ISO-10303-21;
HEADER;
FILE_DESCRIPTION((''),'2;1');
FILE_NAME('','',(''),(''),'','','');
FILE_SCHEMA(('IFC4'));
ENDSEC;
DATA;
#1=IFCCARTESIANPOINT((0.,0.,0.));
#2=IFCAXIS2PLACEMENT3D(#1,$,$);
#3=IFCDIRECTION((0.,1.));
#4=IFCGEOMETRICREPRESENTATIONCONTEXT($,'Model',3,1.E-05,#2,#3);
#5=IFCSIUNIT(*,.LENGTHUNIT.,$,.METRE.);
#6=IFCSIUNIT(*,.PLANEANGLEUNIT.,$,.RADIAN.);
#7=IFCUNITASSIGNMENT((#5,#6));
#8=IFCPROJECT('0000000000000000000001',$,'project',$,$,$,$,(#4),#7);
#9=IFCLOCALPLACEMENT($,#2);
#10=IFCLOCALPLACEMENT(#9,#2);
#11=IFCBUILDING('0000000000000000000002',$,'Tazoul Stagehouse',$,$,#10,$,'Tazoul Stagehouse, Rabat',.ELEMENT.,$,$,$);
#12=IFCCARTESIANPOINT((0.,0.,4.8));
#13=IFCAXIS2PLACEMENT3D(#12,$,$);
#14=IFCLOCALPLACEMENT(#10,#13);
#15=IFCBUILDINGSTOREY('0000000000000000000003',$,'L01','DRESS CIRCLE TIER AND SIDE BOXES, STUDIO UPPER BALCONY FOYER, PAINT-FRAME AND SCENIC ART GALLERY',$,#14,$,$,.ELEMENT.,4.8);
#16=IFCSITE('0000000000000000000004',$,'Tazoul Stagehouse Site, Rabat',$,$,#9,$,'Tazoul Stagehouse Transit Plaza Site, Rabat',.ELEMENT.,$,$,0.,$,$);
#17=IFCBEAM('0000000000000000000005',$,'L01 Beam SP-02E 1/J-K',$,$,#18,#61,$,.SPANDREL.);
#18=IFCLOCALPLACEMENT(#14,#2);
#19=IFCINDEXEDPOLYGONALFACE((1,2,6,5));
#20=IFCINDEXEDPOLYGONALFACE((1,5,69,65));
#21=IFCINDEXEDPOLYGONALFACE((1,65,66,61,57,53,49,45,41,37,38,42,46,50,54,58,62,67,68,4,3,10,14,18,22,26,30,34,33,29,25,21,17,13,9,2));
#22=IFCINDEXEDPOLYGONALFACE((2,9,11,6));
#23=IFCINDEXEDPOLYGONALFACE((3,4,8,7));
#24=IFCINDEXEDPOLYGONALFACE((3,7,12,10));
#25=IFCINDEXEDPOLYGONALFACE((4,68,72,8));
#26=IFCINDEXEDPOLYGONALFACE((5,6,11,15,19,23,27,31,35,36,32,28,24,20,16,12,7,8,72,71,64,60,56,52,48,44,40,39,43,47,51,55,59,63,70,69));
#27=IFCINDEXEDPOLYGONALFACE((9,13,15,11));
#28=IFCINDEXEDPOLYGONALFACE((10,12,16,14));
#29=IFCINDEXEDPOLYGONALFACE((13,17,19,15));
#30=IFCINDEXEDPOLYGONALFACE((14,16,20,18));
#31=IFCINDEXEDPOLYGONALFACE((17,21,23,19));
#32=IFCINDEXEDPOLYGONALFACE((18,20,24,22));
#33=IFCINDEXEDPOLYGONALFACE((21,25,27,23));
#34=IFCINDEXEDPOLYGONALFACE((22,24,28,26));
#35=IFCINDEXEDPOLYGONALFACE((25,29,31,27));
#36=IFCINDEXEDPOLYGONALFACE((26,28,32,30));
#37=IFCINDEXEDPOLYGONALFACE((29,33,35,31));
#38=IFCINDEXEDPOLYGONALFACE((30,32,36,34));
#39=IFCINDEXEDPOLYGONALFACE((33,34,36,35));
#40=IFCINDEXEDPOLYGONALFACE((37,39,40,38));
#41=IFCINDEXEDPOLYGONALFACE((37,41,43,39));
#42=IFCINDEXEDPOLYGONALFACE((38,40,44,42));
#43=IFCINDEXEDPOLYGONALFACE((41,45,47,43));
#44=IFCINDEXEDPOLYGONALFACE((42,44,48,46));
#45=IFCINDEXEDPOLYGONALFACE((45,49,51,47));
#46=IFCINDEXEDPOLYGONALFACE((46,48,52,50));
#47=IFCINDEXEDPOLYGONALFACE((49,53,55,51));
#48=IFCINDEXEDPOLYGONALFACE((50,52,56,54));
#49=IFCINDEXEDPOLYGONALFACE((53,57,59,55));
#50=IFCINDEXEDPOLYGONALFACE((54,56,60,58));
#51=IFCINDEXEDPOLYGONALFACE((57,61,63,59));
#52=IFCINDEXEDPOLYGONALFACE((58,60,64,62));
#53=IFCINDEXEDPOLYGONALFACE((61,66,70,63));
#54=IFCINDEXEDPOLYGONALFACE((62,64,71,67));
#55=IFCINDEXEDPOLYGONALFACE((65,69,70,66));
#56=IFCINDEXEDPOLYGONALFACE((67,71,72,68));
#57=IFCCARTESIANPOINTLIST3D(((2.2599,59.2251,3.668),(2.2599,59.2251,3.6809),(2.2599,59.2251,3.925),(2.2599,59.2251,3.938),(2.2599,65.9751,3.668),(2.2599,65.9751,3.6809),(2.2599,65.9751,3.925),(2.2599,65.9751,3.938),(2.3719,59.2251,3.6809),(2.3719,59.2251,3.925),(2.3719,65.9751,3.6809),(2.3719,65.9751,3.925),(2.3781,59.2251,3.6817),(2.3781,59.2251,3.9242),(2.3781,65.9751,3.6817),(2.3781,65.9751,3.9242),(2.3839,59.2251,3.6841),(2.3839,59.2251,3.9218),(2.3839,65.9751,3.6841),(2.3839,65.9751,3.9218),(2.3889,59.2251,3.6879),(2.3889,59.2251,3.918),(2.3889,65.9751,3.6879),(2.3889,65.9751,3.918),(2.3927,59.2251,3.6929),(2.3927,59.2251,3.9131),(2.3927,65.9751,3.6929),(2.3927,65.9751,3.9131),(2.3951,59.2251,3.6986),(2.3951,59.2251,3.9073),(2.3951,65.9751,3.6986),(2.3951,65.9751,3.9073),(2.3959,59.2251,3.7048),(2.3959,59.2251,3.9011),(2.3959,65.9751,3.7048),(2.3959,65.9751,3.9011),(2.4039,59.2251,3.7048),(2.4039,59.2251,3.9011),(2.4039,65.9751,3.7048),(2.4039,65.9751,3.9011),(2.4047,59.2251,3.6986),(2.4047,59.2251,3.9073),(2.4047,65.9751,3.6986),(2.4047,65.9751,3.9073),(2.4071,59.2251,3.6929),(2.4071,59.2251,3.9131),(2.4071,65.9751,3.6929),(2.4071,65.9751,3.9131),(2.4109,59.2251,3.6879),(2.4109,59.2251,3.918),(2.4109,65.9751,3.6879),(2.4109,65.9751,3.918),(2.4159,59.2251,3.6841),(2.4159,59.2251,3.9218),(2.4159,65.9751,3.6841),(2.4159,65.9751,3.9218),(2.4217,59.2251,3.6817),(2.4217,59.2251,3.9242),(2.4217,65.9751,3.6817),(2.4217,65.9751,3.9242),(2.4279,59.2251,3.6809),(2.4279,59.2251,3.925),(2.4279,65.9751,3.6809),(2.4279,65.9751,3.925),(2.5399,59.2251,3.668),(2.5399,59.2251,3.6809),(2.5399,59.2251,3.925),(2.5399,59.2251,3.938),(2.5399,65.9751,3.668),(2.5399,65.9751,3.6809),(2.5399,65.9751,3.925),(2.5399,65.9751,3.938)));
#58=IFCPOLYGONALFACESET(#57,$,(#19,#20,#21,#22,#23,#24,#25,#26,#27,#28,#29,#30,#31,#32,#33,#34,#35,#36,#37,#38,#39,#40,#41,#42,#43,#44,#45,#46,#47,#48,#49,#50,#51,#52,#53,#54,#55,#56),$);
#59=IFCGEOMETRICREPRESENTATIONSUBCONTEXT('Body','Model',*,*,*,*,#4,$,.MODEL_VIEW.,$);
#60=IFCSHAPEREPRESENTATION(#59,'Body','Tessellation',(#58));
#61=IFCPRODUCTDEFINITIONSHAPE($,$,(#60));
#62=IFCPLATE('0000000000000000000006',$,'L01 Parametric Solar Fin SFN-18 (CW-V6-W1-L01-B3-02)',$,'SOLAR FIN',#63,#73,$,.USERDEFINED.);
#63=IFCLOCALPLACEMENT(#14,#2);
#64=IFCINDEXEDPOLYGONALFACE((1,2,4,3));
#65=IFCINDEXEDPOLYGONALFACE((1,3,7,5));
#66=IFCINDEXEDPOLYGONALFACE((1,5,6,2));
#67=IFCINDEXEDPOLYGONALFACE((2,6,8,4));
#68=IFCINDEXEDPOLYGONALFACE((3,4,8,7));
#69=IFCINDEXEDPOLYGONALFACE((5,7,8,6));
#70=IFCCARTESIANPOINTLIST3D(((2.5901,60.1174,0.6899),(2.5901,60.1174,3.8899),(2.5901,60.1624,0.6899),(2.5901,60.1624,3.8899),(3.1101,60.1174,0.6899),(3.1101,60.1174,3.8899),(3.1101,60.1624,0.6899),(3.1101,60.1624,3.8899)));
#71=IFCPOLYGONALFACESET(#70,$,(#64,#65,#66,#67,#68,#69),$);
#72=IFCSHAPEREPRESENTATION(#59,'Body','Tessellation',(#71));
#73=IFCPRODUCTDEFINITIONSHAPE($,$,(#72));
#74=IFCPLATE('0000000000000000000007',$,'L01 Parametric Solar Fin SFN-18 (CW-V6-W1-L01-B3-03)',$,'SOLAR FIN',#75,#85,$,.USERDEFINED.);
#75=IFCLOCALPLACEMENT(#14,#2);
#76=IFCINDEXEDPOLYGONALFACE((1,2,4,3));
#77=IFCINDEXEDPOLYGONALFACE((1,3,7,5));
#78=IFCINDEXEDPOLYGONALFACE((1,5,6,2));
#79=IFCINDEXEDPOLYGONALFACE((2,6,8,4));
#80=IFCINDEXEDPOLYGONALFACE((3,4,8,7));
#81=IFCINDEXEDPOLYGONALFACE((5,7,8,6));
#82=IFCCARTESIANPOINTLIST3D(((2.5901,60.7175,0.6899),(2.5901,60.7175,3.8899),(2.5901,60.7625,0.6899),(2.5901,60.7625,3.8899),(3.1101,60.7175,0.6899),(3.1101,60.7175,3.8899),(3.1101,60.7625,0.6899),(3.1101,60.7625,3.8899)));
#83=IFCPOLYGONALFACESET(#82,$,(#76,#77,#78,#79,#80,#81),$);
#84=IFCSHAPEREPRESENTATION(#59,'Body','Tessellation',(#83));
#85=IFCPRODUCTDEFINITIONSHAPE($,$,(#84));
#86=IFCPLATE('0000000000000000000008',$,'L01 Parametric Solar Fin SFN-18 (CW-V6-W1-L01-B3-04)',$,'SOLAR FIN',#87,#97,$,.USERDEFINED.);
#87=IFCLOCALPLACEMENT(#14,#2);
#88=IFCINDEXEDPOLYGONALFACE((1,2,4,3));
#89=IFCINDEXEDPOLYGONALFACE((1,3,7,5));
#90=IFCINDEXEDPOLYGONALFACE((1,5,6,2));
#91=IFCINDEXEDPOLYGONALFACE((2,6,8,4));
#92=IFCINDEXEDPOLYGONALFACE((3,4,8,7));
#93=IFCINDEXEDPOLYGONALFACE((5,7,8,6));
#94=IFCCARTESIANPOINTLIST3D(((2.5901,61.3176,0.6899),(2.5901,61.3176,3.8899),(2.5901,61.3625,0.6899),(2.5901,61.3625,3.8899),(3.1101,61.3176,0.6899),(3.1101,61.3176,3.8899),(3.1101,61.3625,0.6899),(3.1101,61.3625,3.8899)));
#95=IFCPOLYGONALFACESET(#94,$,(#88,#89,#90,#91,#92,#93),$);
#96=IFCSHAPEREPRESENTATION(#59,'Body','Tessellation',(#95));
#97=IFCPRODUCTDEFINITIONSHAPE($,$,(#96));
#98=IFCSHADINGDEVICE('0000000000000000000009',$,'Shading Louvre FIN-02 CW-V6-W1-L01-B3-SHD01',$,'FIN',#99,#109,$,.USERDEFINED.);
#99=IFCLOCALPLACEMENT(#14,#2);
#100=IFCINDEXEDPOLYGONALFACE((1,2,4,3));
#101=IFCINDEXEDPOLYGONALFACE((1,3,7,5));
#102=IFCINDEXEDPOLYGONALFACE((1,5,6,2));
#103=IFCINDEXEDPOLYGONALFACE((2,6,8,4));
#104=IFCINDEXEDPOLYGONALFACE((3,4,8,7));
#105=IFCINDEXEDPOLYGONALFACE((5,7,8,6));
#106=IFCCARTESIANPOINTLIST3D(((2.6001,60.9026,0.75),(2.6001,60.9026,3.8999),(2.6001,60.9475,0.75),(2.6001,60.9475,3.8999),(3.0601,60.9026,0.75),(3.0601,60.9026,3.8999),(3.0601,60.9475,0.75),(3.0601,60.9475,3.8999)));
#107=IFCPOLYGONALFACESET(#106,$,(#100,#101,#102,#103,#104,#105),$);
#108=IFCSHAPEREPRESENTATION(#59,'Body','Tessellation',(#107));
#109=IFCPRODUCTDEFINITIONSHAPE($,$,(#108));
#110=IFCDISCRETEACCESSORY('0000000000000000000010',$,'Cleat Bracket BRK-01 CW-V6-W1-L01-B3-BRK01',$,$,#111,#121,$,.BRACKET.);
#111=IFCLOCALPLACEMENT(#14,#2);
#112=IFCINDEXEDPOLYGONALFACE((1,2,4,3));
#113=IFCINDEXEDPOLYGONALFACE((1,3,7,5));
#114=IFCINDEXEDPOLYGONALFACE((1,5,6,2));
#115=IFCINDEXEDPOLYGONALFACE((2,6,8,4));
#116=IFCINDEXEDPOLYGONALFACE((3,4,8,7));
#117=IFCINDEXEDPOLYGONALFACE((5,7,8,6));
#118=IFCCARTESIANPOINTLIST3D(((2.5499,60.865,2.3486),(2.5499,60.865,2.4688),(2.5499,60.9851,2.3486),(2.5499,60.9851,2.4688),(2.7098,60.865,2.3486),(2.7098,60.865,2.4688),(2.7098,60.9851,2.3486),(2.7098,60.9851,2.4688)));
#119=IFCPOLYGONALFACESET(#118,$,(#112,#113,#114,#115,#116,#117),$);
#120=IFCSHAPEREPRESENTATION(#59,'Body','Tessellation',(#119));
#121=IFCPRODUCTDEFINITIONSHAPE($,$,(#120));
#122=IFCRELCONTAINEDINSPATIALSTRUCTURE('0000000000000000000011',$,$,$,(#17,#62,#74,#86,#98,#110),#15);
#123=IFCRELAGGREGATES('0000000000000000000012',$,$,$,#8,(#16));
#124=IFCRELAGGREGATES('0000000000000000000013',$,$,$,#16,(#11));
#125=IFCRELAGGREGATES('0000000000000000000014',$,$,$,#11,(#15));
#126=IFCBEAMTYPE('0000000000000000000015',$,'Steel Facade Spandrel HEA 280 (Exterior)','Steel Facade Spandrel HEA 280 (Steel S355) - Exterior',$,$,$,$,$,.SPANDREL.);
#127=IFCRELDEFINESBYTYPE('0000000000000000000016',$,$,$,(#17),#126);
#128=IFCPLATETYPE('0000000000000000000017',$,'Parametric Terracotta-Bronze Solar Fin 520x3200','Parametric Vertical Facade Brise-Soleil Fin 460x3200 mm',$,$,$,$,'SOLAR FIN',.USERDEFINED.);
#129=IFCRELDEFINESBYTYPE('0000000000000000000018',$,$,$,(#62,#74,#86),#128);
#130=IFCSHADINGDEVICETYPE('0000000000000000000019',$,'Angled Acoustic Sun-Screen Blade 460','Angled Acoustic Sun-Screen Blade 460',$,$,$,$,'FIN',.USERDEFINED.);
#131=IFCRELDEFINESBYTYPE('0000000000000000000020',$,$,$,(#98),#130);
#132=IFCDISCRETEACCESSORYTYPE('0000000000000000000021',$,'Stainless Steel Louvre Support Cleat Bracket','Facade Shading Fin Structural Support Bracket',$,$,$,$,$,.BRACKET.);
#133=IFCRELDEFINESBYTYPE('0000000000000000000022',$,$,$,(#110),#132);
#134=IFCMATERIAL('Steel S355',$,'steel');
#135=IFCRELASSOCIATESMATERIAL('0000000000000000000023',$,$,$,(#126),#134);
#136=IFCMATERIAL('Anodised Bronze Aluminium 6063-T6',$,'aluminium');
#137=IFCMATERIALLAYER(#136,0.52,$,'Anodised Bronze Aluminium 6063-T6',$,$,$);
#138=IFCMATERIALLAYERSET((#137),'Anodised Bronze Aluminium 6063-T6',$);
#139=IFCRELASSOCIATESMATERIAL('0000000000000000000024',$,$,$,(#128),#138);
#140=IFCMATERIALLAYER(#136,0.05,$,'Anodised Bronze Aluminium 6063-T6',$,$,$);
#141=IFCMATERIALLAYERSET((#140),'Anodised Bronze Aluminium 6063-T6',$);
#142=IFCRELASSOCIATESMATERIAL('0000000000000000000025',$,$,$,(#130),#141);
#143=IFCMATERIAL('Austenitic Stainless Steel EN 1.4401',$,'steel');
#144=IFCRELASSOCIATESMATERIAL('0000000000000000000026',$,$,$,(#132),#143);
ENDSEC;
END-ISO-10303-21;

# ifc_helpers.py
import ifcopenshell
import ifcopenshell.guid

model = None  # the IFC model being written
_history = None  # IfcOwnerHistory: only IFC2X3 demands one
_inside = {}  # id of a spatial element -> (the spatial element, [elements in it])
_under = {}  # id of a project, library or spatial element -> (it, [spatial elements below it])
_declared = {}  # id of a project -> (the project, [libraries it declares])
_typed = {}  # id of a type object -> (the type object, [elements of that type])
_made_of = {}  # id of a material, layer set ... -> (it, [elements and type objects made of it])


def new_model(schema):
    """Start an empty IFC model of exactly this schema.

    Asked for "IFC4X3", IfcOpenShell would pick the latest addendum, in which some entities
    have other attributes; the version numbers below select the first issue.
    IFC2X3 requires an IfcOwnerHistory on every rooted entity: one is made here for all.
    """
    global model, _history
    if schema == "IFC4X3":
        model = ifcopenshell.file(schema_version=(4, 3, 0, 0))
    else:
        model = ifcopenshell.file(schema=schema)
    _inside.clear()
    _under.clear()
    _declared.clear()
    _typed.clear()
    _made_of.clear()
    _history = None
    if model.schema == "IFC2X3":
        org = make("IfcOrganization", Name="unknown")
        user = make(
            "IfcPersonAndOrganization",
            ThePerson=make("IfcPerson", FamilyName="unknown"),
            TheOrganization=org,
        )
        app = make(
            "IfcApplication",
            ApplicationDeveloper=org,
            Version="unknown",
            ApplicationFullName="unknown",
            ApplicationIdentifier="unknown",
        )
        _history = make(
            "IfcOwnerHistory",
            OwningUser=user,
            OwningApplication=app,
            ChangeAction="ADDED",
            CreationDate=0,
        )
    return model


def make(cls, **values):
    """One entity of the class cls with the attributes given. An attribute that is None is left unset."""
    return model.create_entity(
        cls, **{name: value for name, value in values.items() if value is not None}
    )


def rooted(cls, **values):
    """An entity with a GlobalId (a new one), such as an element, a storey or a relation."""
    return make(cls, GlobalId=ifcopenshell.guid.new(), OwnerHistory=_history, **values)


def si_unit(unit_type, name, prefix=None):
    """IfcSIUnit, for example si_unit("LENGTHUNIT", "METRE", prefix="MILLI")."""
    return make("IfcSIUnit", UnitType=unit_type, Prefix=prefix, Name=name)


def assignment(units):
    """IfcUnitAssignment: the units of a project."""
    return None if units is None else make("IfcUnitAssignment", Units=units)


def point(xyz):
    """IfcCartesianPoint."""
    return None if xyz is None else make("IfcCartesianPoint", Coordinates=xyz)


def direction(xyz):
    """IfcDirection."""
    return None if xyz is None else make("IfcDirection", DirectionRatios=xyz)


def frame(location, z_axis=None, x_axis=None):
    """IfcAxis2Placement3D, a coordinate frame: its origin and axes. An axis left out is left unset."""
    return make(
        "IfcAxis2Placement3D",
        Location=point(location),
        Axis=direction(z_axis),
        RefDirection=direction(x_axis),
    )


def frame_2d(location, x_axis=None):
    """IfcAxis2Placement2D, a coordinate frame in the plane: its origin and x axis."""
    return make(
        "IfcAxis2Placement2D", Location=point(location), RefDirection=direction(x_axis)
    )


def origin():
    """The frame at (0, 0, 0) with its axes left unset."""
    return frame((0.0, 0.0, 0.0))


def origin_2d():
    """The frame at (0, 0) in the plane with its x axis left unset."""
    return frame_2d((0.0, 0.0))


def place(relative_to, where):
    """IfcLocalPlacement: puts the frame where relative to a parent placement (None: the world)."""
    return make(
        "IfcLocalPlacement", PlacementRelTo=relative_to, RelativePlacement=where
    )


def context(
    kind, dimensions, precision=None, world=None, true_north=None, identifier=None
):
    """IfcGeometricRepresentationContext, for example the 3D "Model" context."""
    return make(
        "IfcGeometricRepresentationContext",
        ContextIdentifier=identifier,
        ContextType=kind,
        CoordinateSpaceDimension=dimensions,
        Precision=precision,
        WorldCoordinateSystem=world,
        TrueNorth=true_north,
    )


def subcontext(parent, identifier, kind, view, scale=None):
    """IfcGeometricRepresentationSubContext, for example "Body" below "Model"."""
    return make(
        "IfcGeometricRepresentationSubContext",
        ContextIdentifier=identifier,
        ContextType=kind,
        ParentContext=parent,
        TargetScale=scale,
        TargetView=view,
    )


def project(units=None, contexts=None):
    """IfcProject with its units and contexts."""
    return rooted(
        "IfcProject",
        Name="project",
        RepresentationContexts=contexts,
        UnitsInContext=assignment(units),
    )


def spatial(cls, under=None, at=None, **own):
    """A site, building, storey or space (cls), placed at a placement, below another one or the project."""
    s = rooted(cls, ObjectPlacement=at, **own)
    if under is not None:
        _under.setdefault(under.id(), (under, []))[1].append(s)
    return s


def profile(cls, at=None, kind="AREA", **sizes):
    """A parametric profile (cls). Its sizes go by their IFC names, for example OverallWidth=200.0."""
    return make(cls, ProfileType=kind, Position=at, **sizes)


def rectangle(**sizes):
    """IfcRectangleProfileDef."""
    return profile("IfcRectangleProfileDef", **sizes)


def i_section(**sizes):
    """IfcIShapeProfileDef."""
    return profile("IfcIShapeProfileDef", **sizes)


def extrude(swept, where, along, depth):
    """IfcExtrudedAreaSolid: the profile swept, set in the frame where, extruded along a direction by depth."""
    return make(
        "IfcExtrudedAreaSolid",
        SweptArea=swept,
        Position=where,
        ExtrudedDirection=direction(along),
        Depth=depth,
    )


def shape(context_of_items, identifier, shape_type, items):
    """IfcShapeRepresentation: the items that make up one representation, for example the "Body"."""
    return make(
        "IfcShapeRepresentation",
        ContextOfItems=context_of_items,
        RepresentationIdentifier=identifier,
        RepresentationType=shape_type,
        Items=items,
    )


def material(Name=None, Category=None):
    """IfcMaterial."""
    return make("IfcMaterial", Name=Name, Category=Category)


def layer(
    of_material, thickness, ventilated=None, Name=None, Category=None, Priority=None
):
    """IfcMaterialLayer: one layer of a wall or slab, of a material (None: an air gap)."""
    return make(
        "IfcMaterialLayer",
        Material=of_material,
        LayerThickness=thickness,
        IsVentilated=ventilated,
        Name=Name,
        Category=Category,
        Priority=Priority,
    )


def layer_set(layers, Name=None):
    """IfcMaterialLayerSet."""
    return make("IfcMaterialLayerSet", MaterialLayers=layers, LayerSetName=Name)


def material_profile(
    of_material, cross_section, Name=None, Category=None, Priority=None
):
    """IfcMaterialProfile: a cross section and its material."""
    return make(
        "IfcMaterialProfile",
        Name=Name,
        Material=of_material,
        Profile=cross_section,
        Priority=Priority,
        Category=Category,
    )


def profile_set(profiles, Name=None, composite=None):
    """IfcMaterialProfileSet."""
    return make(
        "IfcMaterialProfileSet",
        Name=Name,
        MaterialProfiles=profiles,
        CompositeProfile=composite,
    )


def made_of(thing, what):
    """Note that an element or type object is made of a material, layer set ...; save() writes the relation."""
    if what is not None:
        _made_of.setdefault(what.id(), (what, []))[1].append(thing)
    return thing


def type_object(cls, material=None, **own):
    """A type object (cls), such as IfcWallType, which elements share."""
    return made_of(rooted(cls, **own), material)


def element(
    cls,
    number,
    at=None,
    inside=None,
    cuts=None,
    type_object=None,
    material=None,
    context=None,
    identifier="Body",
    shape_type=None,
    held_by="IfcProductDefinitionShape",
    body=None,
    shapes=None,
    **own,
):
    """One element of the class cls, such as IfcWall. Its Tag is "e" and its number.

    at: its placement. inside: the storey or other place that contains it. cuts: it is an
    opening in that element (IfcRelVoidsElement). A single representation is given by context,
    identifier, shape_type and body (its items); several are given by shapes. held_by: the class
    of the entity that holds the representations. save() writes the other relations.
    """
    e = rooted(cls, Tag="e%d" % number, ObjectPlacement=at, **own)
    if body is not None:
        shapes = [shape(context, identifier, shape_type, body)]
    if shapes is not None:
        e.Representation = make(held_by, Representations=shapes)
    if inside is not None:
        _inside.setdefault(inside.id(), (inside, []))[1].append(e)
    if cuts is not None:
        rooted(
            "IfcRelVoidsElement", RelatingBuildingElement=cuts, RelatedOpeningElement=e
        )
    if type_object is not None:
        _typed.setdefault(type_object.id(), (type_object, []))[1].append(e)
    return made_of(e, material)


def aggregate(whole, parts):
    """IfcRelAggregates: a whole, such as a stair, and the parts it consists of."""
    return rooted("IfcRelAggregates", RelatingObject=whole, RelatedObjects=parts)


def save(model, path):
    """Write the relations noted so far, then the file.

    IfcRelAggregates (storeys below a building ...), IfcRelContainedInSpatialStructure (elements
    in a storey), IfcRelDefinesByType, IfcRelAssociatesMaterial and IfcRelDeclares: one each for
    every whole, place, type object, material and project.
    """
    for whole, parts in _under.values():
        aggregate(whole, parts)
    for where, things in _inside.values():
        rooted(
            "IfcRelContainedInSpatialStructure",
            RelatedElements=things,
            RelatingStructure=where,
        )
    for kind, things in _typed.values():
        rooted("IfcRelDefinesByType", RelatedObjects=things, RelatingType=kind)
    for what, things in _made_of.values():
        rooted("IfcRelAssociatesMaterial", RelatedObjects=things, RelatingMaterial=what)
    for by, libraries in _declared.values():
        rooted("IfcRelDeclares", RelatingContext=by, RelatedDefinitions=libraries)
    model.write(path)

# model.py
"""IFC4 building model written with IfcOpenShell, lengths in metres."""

from ifc_helpers import new_model, si_unit, direction, frame, origin, origin_2d, place, context, subcontext, project, spatial, rectangle, i_section, extrude, material, layer, layer_set, material_profile, profile_set, type_object, element, save


model = new_model("IFC4")

# Units and contexts
model_context = context("Model", 3, precision=1e-05, world=origin(), true_north=direction((0.0, 1.0)))
body_context = subcontext(model_context, "Body", "Model", "MODEL_VIEW")
ifc_project = project(units=[si_unit("LENGTHUNIT", "METRE"), si_unit("PLANEANGLEUNIT", "RADIAN")], contexts=[model_context])

# Shared definitions
ifc_material_1 = material(Name="Anodised Bronze Aluminium 6063-T6", Category="aluminium")
site_placement = place(None, origin())
building_placement = place(site_placement, origin())
storey_placement = place(building_placement, frame((0.0, 0.0, 4.8)))

# Site, building, storey
site = spatial("IfcSite", under=ifc_project, at=site_placement, Name="Tazoul Stagehouse Site, Rabat", LongName="Tazoul Stagehouse Transit Plaza Site, Rabat", CompositionType="ELEMENT", RefElevation=0.0)
building = spatial("IfcBuilding", under=site, at=building_placement, Name="Tazoul Stagehouse", LongName="Tazoul Stagehouse, Rabat", CompositionType="ELEMENT")
storey = spatial("IfcBuildingStorey", under=building, at=storey_placement, Name="L01", Description="DRESS CIRCLE TIER AND SIDE BOXES, STUDIO UPPER BALCONY FOYER, PAINT-FRAME AND SCENIC ART GALLERY", CompositionType="ELEMENT", Elevation=4.8)

# Beam
ifc_material_2 = material(Name="Steel S355", Category="steel")
ifc_material_profile_1 = material_profile(ifc_material_2, i_section(OverallWidth=0.28, OverallDepth=0.27, WebThickness=0.0081, FlangeThickness=0.0129, FilletRadius=0.0239, at=origin_2d()), Name="HEA 280")
ifc_profile_set_1 = profile_set([ifc_material_profile_1], Name="Steel S355")
beam_type = type_object("IfcBeamType", Name="Steel Facade Spandrel HEA 280 (Exterior)", Description="Steel Facade Spandrel HEA 280 (Steel S355) - Exterior", PredefinedType="SPANDREL", material=ifc_profile_set_1)
beam_placement = place(storey_placement, frame((2.3999, 59.2251, 3.803), z_axis=(0.0, 1.0, 0.0), x_axis=(-1.0, 0.0, 0.0)))
element("IfcBeam", 1, at=beam_placement, inside=storey, type_object=beam_type, Name="L01 Beam SP-02E 1/J-K", PredefinedType="SPANDREL", context=body_context, shape_type="SweptSolid", body=[
    extrude(i_section(OverallWidth=0.28, OverallDepth=0.27, WebThickness=0.0081, FlangeThickness=0.0129, FilletRadius=0.0239, at=origin_2d()), origin(), (0.0, 0.0, 1.0), 6.75),
])

# Plates
ifc_layer_1 = layer(ifc_material_1, 0.52, Name="Anodised Bronze Aluminium 6063-T6")
ifc_layer_set_1 = layer_set([ifc_layer_1], Name="Anodised Bronze Aluminium 6063-T6")
plate_type_1 = type_object("IfcPlateType", Name="Parametric Terracotta-Bronze Solar Fin 520x3200", Description="Parametric Vertical Facade Brise-Soleil Fin 460x3200 mm", ElementType="SOLAR FIN", PredefinedType="USERDEFINED", material=ifc_layer_set_1)
for number, where, z_axis, x_axis, name in (
    (2, (2.8501, 60.1399, 0.6899), (0.0, 0.0, 1.0), (0.0, 1.0, 0.0), "L01 Parametric Solar Fin SFN-18 (CW-V6-W1-L01-B3-02)"),
    (3, (2.8501, 60.74, 0.6899), (0.0, 0.0, 1.0), (0.0, 1.0, 0.0), "L01 Parametric Solar Fin SFN-18 (CW-V6-W1-L01-B3-03)"),
    (4, (2.8501, 61.3401, 0.6899), (0.0, 0.0, 1.0), (0.0, 1.0, 0.0), "L01 Parametric Solar Fin SFN-18 (CW-V6-W1-L01-B3-04)"),
):
    element("IfcPlate", number, at=place(storey_placement, frame(where, z_axis=z_axis, x_axis=x_axis)), inside=storey, type_object=plate_type_1, Name=name, ObjectType="SOLAR FIN", PredefinedType="USERDEFINED", context=body_context, shape_type="SweptSolid", body=[
        extrude(rectangle(XDim=0.0449, YDim=0.52, at=origin_2d()), origin(), (0.0, 0.0, 1.0), 3.2),
    ])

# Shading device
ifc_layer_2 = layer(ifc_material_1, 0.05, Name="Anodised Bronze Aluminium 6063-T6")
ifc_layer_set_2 = layer_set([ifc_layer_2], Name="Anodised Bronze Aluminium 6063-T6")
shading_device_type = type_object("IfcShadingDeviceType", Name="Angled Acoustic Sun-Screen Blade 460", Description="Angled Acoustic Sun-Screen Blade 460", ElementType="FIN", PredefinedType="USERDEFINED", material=ifc_layer_set_2)
shading_device_placement = place(storey_placement, frame((2.8301, 60.925, 0.75), z_axis=(0.0, 0.0, 1.0), x_axis=(0.0, 1.0, 0.0)))
element("IfcShadingDevice", 5, at=shading_device_placement, inside=storey, type_object=shading_device_type, Name="Shading Louvre FIN-02 CW-V6-W1-L01-B3-SHD01", ObjectType="FIN", PredefinedType="USERDEFINED", context=body_context, shape_type="SweptSolid", body=[
    extrude(rectangle(XDim=0.0449, YDim=0.46, at=origin_2d()), origin(), (0.0, 0.0, 1.0), 3.1499),
])

# Discrete accessory
ifc_material_3 = material(Name="Austenitic Stainless Steel EN 1.4401", Category="steel")
discrete_accessory_type = type_object("IfcDiscreteAccessoryType", Name="Stainless Steel Louvre Support Cleat Bracket", Description="Facade Shading Fin Structural Support Bracket", PredefinedType="BRACKET", material=ifc_material_3)
discrete_accessory_placement = place(storey_placement, frame((2.6299, 60.925, 2.3486), z_axis=(0.0, 0.0, 1.0), x_axis=(0.0, 1.0, 0.0)))
element("IfcDiscreteAccessory", 6, at=discrete_accessory_placement, inside=storey, type_object=discrete_accessory_type, Name="Cleat Bracket BRK-01 CW-V6-W1-L01-B3-BRK01", PredefinedType="BRACKET", context=body_context, shape_type="SweptSolid", body=[
    extrude(rectangle(XDim=0.1201, YDim=0.1599, at=origin_2d()), origin(), (0.0, 0.0, 1.0), 0.1201),
])

save(model, "model.ifc")
